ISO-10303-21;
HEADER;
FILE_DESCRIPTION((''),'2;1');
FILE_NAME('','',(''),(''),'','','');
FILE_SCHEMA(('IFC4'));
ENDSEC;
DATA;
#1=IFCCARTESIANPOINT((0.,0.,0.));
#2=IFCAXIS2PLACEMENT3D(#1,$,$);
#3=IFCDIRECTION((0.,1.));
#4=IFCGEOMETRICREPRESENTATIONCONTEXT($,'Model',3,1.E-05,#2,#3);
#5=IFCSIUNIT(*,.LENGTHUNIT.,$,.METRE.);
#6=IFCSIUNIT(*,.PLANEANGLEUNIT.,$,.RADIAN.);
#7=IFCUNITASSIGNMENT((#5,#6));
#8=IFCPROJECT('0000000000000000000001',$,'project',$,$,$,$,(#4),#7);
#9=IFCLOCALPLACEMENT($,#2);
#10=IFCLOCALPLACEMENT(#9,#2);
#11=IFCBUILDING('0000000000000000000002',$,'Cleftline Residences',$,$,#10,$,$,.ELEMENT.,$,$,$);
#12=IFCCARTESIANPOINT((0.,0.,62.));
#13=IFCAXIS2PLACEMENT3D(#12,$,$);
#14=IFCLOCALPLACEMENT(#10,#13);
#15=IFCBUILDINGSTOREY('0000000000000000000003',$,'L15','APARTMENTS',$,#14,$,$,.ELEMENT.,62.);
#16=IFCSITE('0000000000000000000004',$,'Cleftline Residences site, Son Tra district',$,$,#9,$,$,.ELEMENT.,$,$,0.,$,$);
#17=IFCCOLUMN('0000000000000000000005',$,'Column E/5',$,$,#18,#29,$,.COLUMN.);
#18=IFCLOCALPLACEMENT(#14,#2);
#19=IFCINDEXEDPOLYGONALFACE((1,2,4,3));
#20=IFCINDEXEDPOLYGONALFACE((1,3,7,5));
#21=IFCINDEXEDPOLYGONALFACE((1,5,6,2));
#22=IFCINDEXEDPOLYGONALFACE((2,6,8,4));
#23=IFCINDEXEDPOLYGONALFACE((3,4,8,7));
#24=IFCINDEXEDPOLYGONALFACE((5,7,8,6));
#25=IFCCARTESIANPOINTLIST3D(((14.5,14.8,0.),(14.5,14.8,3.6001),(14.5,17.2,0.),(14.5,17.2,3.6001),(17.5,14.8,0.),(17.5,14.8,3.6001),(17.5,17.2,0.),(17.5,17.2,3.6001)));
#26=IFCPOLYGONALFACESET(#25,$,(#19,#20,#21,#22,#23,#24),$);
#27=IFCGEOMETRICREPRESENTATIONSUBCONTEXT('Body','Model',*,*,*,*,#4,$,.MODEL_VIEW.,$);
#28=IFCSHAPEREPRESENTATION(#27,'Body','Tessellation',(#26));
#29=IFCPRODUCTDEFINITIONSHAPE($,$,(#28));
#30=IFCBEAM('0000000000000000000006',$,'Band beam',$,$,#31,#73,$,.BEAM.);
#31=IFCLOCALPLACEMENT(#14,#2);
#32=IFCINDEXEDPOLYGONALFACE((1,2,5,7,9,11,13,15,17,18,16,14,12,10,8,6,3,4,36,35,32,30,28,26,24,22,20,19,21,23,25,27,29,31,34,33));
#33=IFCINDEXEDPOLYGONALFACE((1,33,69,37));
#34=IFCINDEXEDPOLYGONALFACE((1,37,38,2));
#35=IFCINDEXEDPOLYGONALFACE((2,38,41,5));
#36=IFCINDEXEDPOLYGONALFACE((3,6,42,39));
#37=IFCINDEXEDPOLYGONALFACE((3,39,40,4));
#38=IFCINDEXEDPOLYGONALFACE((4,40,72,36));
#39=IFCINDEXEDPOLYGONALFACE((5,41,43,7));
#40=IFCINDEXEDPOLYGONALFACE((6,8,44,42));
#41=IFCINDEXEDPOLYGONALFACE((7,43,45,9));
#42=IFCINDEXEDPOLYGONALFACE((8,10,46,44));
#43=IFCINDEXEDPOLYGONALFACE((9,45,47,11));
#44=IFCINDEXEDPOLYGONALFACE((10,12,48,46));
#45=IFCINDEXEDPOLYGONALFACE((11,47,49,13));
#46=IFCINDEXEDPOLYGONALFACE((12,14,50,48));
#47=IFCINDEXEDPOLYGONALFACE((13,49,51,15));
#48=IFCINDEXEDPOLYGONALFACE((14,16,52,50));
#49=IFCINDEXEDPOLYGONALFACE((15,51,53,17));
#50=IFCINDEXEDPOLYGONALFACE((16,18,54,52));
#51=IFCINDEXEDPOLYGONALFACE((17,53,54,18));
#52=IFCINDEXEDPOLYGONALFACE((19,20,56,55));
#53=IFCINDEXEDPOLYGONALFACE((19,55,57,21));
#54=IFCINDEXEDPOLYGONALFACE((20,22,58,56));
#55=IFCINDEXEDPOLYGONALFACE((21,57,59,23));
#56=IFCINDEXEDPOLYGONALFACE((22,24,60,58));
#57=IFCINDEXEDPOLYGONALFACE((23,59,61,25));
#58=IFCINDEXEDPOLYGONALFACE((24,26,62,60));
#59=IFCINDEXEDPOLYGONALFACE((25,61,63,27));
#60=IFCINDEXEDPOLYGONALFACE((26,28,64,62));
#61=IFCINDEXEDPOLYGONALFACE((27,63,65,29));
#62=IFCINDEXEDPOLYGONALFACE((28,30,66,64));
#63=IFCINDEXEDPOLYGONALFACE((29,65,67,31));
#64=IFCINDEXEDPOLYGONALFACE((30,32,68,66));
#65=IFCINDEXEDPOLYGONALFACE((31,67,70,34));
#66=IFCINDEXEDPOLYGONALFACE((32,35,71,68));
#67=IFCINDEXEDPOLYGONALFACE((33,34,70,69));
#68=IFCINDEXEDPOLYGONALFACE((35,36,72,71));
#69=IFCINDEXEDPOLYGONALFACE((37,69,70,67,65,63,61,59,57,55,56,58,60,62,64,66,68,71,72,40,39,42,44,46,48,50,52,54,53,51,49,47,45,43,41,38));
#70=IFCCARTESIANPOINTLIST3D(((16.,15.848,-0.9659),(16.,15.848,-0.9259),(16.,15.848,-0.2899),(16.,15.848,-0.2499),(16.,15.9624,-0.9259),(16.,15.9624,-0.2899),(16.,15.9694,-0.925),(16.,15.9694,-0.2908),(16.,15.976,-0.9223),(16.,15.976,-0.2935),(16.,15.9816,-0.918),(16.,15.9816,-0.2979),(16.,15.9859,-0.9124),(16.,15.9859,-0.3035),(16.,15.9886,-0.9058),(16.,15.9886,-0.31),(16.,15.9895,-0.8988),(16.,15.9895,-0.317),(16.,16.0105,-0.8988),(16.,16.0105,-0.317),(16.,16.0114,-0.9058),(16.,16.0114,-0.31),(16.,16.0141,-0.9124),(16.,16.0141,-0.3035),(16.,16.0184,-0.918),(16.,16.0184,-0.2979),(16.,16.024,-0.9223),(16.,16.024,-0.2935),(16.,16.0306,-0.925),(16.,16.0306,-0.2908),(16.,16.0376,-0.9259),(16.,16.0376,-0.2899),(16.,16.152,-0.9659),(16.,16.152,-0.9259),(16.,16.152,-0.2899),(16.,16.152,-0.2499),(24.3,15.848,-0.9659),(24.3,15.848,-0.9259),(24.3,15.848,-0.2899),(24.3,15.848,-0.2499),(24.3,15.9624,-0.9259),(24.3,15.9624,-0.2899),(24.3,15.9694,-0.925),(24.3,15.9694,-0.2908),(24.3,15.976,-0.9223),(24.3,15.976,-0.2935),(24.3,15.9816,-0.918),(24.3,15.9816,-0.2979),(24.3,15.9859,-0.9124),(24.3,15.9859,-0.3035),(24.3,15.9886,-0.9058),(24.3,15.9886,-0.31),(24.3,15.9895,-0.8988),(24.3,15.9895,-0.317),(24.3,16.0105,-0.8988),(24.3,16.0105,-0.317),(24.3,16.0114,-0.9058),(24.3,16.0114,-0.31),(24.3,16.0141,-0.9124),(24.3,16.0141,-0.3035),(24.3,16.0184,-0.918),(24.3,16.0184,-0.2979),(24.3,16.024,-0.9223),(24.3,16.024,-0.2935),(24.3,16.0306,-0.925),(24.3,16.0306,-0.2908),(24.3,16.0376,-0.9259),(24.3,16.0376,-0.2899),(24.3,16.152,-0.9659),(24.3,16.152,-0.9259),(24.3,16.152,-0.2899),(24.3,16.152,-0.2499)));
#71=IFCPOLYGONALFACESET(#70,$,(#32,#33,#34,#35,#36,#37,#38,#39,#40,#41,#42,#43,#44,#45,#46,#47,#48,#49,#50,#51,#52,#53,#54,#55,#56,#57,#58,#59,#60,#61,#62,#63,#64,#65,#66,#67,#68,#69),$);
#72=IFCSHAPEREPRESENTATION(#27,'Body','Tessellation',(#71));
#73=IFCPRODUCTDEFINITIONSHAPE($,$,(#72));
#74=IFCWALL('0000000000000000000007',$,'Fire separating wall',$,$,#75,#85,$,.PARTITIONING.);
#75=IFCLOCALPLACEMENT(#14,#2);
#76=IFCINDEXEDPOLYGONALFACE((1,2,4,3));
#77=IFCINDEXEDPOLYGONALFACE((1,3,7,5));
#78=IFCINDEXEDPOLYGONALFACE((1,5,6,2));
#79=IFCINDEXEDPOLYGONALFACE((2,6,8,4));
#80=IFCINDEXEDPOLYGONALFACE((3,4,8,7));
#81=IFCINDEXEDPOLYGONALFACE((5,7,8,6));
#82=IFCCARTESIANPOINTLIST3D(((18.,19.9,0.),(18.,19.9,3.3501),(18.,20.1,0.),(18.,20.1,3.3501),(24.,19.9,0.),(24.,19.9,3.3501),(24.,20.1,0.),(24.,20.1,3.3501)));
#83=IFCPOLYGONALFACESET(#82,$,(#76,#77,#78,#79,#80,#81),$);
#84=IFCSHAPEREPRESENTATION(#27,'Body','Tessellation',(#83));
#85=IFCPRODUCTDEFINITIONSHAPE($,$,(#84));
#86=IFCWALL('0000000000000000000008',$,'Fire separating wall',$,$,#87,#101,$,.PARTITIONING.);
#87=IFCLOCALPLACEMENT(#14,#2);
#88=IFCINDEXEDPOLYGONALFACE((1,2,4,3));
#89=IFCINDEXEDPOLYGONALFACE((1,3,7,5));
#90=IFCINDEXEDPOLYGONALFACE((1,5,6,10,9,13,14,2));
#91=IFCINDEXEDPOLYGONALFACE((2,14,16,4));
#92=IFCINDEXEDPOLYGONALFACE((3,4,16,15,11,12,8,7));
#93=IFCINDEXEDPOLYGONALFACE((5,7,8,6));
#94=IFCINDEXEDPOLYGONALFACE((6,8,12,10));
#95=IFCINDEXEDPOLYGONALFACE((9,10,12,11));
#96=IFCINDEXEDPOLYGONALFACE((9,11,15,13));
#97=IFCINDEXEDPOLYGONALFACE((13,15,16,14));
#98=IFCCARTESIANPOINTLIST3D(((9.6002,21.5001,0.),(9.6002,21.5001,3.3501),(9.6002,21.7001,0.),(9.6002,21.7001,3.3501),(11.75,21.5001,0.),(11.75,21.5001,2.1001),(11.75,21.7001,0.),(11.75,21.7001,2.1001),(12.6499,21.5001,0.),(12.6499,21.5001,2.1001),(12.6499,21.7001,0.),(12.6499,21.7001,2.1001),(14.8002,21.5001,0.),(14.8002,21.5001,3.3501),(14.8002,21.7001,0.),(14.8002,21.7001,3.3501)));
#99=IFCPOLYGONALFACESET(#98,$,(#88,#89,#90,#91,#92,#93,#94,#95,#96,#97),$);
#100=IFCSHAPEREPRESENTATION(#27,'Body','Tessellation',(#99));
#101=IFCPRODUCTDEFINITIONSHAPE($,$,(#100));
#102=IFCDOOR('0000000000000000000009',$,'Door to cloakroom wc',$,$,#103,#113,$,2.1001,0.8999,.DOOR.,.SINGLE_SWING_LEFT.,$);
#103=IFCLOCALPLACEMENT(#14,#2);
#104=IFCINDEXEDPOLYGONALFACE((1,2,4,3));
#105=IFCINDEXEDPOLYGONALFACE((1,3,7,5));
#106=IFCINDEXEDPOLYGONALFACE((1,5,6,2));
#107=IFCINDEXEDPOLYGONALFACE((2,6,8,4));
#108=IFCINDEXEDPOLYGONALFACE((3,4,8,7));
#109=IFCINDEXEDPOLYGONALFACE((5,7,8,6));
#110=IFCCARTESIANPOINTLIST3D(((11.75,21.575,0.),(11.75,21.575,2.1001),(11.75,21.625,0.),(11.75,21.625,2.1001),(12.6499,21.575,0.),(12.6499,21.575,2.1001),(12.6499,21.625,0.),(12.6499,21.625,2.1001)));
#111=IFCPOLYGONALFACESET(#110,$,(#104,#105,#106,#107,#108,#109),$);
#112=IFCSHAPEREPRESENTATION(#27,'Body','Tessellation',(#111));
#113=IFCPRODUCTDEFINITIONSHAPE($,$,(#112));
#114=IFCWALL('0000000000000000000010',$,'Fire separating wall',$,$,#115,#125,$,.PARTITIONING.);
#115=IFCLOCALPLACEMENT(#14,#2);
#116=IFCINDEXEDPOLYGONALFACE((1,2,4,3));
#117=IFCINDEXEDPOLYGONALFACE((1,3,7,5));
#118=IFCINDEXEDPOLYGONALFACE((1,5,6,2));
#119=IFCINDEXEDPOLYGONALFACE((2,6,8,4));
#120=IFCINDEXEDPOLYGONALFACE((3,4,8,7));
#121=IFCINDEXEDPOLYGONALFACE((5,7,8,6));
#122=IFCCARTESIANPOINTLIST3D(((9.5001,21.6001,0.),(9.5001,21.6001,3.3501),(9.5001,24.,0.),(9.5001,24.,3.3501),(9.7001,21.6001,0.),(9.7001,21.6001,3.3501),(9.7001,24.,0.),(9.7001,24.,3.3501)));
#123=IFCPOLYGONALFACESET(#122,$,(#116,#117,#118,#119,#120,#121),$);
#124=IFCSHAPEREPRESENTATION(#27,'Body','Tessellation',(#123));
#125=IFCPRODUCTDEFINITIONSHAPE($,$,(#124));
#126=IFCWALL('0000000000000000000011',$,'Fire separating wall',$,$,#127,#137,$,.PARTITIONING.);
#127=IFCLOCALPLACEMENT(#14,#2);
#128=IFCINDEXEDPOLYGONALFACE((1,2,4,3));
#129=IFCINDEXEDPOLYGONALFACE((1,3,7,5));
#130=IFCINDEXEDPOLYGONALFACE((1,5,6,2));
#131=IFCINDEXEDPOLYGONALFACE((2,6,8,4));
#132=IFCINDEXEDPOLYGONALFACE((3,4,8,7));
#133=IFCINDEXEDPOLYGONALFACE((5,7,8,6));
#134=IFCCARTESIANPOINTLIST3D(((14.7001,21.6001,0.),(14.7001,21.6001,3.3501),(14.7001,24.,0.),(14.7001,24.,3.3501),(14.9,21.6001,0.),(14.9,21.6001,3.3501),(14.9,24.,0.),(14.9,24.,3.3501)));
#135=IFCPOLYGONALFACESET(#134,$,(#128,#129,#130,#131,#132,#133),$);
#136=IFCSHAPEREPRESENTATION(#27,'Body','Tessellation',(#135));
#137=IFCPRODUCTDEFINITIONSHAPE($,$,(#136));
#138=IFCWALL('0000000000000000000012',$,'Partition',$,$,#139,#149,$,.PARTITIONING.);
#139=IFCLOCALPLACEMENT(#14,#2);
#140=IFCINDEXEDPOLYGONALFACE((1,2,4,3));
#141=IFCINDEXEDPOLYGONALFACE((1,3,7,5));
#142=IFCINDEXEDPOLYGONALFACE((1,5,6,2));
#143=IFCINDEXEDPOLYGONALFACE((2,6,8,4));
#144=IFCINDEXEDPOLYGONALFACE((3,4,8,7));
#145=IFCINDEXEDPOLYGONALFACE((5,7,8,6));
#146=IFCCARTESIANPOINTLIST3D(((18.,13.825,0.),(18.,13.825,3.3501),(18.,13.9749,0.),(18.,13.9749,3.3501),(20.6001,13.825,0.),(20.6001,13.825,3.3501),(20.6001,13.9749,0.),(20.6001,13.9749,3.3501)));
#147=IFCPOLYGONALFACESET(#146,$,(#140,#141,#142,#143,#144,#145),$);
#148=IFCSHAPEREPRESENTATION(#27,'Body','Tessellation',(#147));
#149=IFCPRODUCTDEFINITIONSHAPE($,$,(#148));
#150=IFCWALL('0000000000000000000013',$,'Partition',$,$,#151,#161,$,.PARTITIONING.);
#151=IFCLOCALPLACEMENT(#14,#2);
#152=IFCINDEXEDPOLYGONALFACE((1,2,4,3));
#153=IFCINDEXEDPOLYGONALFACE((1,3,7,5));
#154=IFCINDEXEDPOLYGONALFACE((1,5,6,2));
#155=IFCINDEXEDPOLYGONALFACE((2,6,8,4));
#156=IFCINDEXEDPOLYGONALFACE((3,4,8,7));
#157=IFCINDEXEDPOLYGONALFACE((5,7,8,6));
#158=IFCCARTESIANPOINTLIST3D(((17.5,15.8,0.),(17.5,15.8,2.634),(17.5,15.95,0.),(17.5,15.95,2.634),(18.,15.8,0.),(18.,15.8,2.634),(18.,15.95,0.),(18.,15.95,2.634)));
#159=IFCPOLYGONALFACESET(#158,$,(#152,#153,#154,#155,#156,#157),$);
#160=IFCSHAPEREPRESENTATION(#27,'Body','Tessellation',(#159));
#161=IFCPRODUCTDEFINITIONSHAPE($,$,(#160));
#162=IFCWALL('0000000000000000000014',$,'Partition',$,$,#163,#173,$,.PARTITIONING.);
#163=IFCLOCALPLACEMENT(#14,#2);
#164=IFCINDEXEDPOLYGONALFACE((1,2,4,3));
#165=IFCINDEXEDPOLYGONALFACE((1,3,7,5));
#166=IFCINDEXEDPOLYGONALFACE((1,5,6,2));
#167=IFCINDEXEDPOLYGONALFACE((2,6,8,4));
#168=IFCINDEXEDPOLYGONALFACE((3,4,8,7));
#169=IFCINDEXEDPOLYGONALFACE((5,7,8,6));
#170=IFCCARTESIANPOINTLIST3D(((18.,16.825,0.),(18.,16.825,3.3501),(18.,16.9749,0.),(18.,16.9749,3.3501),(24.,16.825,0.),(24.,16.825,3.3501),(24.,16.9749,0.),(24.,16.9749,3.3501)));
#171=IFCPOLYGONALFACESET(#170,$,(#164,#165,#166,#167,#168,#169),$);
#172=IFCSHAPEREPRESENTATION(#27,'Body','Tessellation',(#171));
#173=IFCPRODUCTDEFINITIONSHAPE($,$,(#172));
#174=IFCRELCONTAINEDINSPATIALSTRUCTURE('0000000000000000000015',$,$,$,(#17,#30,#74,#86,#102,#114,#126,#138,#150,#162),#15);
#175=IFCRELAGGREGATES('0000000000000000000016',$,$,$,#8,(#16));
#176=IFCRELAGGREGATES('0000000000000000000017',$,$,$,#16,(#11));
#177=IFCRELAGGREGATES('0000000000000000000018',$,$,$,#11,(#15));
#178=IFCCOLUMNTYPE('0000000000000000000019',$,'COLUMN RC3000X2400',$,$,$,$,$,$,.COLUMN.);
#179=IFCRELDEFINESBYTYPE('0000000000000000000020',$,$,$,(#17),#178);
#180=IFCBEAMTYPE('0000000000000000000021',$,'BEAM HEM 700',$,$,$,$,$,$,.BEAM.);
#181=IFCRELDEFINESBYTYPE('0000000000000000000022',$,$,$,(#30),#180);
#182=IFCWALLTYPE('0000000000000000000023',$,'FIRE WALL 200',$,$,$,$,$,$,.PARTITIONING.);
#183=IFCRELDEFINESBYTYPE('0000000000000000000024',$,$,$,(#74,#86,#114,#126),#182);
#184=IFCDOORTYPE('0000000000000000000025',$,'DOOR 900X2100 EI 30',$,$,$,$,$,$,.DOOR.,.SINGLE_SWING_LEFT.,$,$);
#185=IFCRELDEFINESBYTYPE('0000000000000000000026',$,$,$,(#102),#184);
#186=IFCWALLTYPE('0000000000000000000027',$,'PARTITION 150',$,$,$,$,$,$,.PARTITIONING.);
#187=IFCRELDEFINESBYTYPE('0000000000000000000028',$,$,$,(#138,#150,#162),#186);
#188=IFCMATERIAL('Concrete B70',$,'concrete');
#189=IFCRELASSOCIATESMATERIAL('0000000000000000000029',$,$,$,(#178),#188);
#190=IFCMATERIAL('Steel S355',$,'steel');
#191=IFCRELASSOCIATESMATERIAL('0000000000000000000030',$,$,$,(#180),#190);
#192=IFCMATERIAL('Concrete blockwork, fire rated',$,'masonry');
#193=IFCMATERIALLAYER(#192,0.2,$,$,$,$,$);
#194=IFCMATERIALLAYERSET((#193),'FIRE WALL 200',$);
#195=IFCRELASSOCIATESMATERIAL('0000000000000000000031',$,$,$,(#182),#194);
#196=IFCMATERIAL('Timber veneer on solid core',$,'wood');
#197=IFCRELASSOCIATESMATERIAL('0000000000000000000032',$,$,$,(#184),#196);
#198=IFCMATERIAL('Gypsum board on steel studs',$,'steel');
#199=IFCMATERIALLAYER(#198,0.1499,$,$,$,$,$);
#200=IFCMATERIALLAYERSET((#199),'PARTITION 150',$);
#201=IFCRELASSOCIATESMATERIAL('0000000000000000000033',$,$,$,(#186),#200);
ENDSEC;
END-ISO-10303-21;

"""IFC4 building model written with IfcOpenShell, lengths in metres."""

from ifc_helpers import new_model, si_unit, direction, frame, frame_2d, origin, origin_2d, place, context, subcontext, project, spatial, rectangle, i_section, extrude, material, layer, layer_set, material_profile, profile_set, type_object, element, fill, save


model = new_model("IFC4")

# Units and contexts
model_context = context("Model", 3, precision=1e-05, world=origin(), true_north=direction((0.0, 1.0)))
body_context = subcontext(model_context, "Body", "Model", "MODEL_VIEW")
ifc_project = project(units=[si_unit("LENGTHUNIT", "METRE"), si_unit("PLANEANGLEUNIT", "RADIAN")], contexts=[model_context])

# Site, building, storey
site_placement = place(None, origin())
site = spatial("IfcSite", under=ifc_project, at=site_placement, Name="Cleftline Residences site, Son Tra district", CompositionType="ELEMENT", RefElevation=0.0)
building_placement = place(site_placement, origin())
building = spatial("IfcBuilding", under=site, at=building_placement, Name="Cleftline Residences", CompositionType="ELEMENT")
storey_placement = place(building_placement, frame((0.0, 0.0, 62.0)))
storey = spatial("IfcBuildingStorey", under=building, at=storey_placement, Name="L15", Description="APARTMENTS", CompositionType="ELEMENT", Elevation=62.0)

# Column
ifc_material_1 = material(Name="Concrete B70", Category="concrete")
ifc_material_profile_1 = material_profile(ifc_material_1, rectangle(XDim=3.0, YDim=2.3999, at=origin_2d()))
ifc_profile_set_1 = profile_set([ifc_material_profile_1], Name="Concrete B70")
column_type = type_object("IfcColumnType", Name="COLUMN RC3000X2400", PredefinedType="COLUMN", material=ifc_profile_set_1)
column_placement = place(storey_placement, frame((16.0, 16.0, 0.0), z_axis=(0.0, 0.0, 1.0), x_axis=(1.0, 0.0, 0.0)))
element("IfcColumn", 1, at=column_placement, inside=storey, type_object=column_type, Name="Column E/5", PredefinedType="COLUMN", context=body_context, shape_type="SweptSolid", body=[
    extrude(rectangle(XDim=3.0, YDim=2.3999, at=origin_2d()), origin(), (0.0, 0.0, 1.0), 3.6001),
])

# Beam
ifc_material_2 = material(Name="Steel S355", Category="steel")
ifc_material_profile_2 = material_profile(ifc_material_2, i_section(OverallWidth=0.304, OverallDepth=0.7161, WebThickness=0.021, FlangeThickness=0.04, FilletRadius=0.0271, at=origin_2d()))
ifc_profile_set_2 = profile_set([ifc_material_profile_2], Name="Steel S355")
beam_type = type_object("IfcBeamType", Name="BEAM HEM 700", PredefinedType="BEAM", material=ifc_profile_set_2)
beam_placement = place(storey_placement, frame((16.0, 16.0, -0.6079), z_axis=(1.0, 0.0, 0.0), x_axis=(0.0, 1.0, 0.0)))
element("IfcBeam", 2, at=beam_placement, inside=storey, type_object=beam_type, Name="Band beam", PredefinedType="BEAM", context=body_context, shape_type="SweptSolid", body=[
    extrude(i_section(OverallWidth=0.304, OverallDepth=0.7161, WebThickness=0.021, FlangeThickness=0.04, FilletRadius=0.0271, at=origin_2d()), origin(), (0.0, 0.0, 1.0), 8.3),
])

# Wall
ifc_material_3 = material(Name="Concrete blockwork, fire rated", Category="masonry")
ifc_layer_1 = layer(ifc_material_3, 0.2)
ifc_layer_set_1 = layer_set([ifc_layer_1], Name="FIRE WALL 200")
wall_type_1 = type_object("IfcWallType", Name="FIRE WALL 200", PredefinedType="PARTITIONING", material=ifc_layer_set_1)
wall_1_placement = place(storey_placement, frame((18.0, 20.0, 0.0), z_axis=(0.0, 0.0, 1.0), x_axis=(1.0, 0.0, 0.0)))
element("IfcWall", 3, at=wall_1_placement, inside=storey, type_object=wall_type_1, Name="Fire separating wall", PredefinedType="PARTITIONING", context=body_context, shape_type="SweptSolid", body=[
    extrude(rectangle(XDim=6.0, YDim=0.2, at=frame_2d((3.0, 0.0))), origin(), (0.0, 0.0, 1.0), 3.3501),
])

# Wall, opening, door
wall_2_placement = place(storey_placement, frame((9.6001, 21.6001, 0.0), z_axis=(0.0, 0.0, 1.0), x_axis=(1.0, 0.0, 0.0)))
wall_2 = element("IfcWall", 4, at=wall_2_placement, inside=storey, type_object=wall_type_1, Name="Fire separating wall", PredefinedType="PARTITIONING", context=body_context, shape_type="SweptSolid", body=[
    extrude(rectangle(XDim=5.2, YDim=0.2, at=frame_2d((2.6001, 0.0))), origin(), (0.0, 0.0, 1.0), 3.3501),
])
opening_1_placement = place(wall_2_placement, frame((2.1499, 0.0, 0.0)))
opening_1 = element("IfcOpeningElement", 5, at=opening_1_placement, cuts=wall_2, PredefinedType="OPENING", context=body_context, shape_type="SweptSolid", body=[
    extrude(rectangle(XDim=0.8999, YDim=2.1001, at=frame_2d((0.45, 1.05))), frame((0.0, 0.1099, 0.0), z_axis=(0.0, -1.0, 0.0), x_axis=(1.0, 0.0, 0.0)), (0.0, 0.0, 1.0), 0.22),
])
ifc_material_4 = material(Name="Timber veneer on solid core", Category="wood")
door_type_1 = type_object("IfcDoorType", Name="DOOR 900X2100 EI 30", OperationType="SINGLE_SWING_LEFT", PredefinedType="DOOR", material=ifc_material_4)
door_1_placement = place(opening_1_placement, origin())
door_1 = element("IfcDoor", 6, at=door_1_placement, inside=storey, type_object=door_type_1, Name="Door to cloakroom wc", OperationType="SINGLE_SWING_LEFT", OverallHeight=2.1001, OverallWidth=0.8999, PredefinedType="DOOR", context=body_context, shape_type="SweptSolid", body=[
    extrude(rectangle(XDim=0.8999, YDim=2.1001, at=frame_2d((0.45, 1.05))), frame((0.0, 0.0249, 0.0), z_axis=(0.0, -1.0, 0.0), x_axis=(1.0, 0.0, 0.0)), (0.0, 0.0, 1.0), 0.05),
])
fill(opening_1, door_1)

# Walls
for number, where, z_axis, x_axis, name in (
    (7, (9.6001, 21.6001, 0.0), (0.0, 0.0, 1.0), (0.0, 1.0, 0.0), "Fire separating wall"),
    (8, (14.8, 21.6001, 0.0), (0.0, 0.0, 1.0), (0.0, 1.0, 0.0), "Fire separating wall"),
):
    element("IfcWall", number, at=place(storey_placement, frame(where, z_axis=z_axis, x_axis=x_axis)), inside=storey, type_object=wall_type_1, Name=name, PredefinedType="PARTITIONING", context=body_context, shape_type="SweptSolid", body=[
        extrude(rectangle(XDim=2.3999, YDim=0.2, at=frame_2d((1.2, 0.0))), origin(), (0.0, 0.0, 1.0), 3.3501),
    ])

# Walls
ifc_material_5 = material(Name="Gypsum board on steel studs", Category="steel")
ifc_layer_2 = layer(ifc_material_5, 0.1499)
ifc_layer_set_2 = layer_set([ifc_layer_2], Name="PARTITION 150")
wall_type_2 = type_object("IfcWallType", Name="PARTITION 150", PredefinedType="PARTITIONING", material=ifc_layer_set_2)
wall_3_placement = place(storey_placement, frame((18.0, 13.8999, 0.0), z_axis=(0.0, 0.0, 1.0), x_axis=(1.0, 0.0, 0.0)))
element("IfcWall", 9, at=wall_3_placement, inside=storey, type_object=wall_type_2, Name="Partition", PredefinedType="PARTITIONING", context=body_context, shape_type="SweptSolid", body=[
    extrude(rectangle(XDim=2.6001, YDim=0.1499, at=frame_2d((1.3, 0.0))), origin(), (0.0, 0.0, 1.0), 3.3501),
])
wall_4_placement = place(storey_placement, frame((17.5, 15.875, 0.0), z_axis=(0.0, 0.0, 1.0), x_axis=(1.0, 0.0, 0.0)))
element("IfcWall", 10, at=wall_4_placement, inside=storey, type_object=wall_type_2, Name="Partition", PredefinedType="PARTITIONING", context=body_context, shape_type="SweptSolid", body=[
    extrude(rectangle(XDim=0.5, YDim=0.1499, at=frame_2d((0.25, 0.0))), origin(), (0.0, 0.0, 1.0), 2.634),
])
wall_5_placement = place(storey_placement, frame((18.0, 16.8999, 0.0), z_axis=(0.0, 0.0, 1.0), x_axis=(1.0, 0.0, 0.0)))
element("IfcWall", 11, at=wall_5_placement, inside=storey, type_object=wall_type_2, Name="Partition", PredefinedType="PARTITIONING", context=body_context, shape_type="SweptSolid", body=[
    extrude(rectangle(XDim=6.0, YDim=0.1499, at=frame_2d((3.0, 0.0))), origin(), (0.0, 0.0, 1.0), 3.3501),
])

save(model, "model.ifc")
